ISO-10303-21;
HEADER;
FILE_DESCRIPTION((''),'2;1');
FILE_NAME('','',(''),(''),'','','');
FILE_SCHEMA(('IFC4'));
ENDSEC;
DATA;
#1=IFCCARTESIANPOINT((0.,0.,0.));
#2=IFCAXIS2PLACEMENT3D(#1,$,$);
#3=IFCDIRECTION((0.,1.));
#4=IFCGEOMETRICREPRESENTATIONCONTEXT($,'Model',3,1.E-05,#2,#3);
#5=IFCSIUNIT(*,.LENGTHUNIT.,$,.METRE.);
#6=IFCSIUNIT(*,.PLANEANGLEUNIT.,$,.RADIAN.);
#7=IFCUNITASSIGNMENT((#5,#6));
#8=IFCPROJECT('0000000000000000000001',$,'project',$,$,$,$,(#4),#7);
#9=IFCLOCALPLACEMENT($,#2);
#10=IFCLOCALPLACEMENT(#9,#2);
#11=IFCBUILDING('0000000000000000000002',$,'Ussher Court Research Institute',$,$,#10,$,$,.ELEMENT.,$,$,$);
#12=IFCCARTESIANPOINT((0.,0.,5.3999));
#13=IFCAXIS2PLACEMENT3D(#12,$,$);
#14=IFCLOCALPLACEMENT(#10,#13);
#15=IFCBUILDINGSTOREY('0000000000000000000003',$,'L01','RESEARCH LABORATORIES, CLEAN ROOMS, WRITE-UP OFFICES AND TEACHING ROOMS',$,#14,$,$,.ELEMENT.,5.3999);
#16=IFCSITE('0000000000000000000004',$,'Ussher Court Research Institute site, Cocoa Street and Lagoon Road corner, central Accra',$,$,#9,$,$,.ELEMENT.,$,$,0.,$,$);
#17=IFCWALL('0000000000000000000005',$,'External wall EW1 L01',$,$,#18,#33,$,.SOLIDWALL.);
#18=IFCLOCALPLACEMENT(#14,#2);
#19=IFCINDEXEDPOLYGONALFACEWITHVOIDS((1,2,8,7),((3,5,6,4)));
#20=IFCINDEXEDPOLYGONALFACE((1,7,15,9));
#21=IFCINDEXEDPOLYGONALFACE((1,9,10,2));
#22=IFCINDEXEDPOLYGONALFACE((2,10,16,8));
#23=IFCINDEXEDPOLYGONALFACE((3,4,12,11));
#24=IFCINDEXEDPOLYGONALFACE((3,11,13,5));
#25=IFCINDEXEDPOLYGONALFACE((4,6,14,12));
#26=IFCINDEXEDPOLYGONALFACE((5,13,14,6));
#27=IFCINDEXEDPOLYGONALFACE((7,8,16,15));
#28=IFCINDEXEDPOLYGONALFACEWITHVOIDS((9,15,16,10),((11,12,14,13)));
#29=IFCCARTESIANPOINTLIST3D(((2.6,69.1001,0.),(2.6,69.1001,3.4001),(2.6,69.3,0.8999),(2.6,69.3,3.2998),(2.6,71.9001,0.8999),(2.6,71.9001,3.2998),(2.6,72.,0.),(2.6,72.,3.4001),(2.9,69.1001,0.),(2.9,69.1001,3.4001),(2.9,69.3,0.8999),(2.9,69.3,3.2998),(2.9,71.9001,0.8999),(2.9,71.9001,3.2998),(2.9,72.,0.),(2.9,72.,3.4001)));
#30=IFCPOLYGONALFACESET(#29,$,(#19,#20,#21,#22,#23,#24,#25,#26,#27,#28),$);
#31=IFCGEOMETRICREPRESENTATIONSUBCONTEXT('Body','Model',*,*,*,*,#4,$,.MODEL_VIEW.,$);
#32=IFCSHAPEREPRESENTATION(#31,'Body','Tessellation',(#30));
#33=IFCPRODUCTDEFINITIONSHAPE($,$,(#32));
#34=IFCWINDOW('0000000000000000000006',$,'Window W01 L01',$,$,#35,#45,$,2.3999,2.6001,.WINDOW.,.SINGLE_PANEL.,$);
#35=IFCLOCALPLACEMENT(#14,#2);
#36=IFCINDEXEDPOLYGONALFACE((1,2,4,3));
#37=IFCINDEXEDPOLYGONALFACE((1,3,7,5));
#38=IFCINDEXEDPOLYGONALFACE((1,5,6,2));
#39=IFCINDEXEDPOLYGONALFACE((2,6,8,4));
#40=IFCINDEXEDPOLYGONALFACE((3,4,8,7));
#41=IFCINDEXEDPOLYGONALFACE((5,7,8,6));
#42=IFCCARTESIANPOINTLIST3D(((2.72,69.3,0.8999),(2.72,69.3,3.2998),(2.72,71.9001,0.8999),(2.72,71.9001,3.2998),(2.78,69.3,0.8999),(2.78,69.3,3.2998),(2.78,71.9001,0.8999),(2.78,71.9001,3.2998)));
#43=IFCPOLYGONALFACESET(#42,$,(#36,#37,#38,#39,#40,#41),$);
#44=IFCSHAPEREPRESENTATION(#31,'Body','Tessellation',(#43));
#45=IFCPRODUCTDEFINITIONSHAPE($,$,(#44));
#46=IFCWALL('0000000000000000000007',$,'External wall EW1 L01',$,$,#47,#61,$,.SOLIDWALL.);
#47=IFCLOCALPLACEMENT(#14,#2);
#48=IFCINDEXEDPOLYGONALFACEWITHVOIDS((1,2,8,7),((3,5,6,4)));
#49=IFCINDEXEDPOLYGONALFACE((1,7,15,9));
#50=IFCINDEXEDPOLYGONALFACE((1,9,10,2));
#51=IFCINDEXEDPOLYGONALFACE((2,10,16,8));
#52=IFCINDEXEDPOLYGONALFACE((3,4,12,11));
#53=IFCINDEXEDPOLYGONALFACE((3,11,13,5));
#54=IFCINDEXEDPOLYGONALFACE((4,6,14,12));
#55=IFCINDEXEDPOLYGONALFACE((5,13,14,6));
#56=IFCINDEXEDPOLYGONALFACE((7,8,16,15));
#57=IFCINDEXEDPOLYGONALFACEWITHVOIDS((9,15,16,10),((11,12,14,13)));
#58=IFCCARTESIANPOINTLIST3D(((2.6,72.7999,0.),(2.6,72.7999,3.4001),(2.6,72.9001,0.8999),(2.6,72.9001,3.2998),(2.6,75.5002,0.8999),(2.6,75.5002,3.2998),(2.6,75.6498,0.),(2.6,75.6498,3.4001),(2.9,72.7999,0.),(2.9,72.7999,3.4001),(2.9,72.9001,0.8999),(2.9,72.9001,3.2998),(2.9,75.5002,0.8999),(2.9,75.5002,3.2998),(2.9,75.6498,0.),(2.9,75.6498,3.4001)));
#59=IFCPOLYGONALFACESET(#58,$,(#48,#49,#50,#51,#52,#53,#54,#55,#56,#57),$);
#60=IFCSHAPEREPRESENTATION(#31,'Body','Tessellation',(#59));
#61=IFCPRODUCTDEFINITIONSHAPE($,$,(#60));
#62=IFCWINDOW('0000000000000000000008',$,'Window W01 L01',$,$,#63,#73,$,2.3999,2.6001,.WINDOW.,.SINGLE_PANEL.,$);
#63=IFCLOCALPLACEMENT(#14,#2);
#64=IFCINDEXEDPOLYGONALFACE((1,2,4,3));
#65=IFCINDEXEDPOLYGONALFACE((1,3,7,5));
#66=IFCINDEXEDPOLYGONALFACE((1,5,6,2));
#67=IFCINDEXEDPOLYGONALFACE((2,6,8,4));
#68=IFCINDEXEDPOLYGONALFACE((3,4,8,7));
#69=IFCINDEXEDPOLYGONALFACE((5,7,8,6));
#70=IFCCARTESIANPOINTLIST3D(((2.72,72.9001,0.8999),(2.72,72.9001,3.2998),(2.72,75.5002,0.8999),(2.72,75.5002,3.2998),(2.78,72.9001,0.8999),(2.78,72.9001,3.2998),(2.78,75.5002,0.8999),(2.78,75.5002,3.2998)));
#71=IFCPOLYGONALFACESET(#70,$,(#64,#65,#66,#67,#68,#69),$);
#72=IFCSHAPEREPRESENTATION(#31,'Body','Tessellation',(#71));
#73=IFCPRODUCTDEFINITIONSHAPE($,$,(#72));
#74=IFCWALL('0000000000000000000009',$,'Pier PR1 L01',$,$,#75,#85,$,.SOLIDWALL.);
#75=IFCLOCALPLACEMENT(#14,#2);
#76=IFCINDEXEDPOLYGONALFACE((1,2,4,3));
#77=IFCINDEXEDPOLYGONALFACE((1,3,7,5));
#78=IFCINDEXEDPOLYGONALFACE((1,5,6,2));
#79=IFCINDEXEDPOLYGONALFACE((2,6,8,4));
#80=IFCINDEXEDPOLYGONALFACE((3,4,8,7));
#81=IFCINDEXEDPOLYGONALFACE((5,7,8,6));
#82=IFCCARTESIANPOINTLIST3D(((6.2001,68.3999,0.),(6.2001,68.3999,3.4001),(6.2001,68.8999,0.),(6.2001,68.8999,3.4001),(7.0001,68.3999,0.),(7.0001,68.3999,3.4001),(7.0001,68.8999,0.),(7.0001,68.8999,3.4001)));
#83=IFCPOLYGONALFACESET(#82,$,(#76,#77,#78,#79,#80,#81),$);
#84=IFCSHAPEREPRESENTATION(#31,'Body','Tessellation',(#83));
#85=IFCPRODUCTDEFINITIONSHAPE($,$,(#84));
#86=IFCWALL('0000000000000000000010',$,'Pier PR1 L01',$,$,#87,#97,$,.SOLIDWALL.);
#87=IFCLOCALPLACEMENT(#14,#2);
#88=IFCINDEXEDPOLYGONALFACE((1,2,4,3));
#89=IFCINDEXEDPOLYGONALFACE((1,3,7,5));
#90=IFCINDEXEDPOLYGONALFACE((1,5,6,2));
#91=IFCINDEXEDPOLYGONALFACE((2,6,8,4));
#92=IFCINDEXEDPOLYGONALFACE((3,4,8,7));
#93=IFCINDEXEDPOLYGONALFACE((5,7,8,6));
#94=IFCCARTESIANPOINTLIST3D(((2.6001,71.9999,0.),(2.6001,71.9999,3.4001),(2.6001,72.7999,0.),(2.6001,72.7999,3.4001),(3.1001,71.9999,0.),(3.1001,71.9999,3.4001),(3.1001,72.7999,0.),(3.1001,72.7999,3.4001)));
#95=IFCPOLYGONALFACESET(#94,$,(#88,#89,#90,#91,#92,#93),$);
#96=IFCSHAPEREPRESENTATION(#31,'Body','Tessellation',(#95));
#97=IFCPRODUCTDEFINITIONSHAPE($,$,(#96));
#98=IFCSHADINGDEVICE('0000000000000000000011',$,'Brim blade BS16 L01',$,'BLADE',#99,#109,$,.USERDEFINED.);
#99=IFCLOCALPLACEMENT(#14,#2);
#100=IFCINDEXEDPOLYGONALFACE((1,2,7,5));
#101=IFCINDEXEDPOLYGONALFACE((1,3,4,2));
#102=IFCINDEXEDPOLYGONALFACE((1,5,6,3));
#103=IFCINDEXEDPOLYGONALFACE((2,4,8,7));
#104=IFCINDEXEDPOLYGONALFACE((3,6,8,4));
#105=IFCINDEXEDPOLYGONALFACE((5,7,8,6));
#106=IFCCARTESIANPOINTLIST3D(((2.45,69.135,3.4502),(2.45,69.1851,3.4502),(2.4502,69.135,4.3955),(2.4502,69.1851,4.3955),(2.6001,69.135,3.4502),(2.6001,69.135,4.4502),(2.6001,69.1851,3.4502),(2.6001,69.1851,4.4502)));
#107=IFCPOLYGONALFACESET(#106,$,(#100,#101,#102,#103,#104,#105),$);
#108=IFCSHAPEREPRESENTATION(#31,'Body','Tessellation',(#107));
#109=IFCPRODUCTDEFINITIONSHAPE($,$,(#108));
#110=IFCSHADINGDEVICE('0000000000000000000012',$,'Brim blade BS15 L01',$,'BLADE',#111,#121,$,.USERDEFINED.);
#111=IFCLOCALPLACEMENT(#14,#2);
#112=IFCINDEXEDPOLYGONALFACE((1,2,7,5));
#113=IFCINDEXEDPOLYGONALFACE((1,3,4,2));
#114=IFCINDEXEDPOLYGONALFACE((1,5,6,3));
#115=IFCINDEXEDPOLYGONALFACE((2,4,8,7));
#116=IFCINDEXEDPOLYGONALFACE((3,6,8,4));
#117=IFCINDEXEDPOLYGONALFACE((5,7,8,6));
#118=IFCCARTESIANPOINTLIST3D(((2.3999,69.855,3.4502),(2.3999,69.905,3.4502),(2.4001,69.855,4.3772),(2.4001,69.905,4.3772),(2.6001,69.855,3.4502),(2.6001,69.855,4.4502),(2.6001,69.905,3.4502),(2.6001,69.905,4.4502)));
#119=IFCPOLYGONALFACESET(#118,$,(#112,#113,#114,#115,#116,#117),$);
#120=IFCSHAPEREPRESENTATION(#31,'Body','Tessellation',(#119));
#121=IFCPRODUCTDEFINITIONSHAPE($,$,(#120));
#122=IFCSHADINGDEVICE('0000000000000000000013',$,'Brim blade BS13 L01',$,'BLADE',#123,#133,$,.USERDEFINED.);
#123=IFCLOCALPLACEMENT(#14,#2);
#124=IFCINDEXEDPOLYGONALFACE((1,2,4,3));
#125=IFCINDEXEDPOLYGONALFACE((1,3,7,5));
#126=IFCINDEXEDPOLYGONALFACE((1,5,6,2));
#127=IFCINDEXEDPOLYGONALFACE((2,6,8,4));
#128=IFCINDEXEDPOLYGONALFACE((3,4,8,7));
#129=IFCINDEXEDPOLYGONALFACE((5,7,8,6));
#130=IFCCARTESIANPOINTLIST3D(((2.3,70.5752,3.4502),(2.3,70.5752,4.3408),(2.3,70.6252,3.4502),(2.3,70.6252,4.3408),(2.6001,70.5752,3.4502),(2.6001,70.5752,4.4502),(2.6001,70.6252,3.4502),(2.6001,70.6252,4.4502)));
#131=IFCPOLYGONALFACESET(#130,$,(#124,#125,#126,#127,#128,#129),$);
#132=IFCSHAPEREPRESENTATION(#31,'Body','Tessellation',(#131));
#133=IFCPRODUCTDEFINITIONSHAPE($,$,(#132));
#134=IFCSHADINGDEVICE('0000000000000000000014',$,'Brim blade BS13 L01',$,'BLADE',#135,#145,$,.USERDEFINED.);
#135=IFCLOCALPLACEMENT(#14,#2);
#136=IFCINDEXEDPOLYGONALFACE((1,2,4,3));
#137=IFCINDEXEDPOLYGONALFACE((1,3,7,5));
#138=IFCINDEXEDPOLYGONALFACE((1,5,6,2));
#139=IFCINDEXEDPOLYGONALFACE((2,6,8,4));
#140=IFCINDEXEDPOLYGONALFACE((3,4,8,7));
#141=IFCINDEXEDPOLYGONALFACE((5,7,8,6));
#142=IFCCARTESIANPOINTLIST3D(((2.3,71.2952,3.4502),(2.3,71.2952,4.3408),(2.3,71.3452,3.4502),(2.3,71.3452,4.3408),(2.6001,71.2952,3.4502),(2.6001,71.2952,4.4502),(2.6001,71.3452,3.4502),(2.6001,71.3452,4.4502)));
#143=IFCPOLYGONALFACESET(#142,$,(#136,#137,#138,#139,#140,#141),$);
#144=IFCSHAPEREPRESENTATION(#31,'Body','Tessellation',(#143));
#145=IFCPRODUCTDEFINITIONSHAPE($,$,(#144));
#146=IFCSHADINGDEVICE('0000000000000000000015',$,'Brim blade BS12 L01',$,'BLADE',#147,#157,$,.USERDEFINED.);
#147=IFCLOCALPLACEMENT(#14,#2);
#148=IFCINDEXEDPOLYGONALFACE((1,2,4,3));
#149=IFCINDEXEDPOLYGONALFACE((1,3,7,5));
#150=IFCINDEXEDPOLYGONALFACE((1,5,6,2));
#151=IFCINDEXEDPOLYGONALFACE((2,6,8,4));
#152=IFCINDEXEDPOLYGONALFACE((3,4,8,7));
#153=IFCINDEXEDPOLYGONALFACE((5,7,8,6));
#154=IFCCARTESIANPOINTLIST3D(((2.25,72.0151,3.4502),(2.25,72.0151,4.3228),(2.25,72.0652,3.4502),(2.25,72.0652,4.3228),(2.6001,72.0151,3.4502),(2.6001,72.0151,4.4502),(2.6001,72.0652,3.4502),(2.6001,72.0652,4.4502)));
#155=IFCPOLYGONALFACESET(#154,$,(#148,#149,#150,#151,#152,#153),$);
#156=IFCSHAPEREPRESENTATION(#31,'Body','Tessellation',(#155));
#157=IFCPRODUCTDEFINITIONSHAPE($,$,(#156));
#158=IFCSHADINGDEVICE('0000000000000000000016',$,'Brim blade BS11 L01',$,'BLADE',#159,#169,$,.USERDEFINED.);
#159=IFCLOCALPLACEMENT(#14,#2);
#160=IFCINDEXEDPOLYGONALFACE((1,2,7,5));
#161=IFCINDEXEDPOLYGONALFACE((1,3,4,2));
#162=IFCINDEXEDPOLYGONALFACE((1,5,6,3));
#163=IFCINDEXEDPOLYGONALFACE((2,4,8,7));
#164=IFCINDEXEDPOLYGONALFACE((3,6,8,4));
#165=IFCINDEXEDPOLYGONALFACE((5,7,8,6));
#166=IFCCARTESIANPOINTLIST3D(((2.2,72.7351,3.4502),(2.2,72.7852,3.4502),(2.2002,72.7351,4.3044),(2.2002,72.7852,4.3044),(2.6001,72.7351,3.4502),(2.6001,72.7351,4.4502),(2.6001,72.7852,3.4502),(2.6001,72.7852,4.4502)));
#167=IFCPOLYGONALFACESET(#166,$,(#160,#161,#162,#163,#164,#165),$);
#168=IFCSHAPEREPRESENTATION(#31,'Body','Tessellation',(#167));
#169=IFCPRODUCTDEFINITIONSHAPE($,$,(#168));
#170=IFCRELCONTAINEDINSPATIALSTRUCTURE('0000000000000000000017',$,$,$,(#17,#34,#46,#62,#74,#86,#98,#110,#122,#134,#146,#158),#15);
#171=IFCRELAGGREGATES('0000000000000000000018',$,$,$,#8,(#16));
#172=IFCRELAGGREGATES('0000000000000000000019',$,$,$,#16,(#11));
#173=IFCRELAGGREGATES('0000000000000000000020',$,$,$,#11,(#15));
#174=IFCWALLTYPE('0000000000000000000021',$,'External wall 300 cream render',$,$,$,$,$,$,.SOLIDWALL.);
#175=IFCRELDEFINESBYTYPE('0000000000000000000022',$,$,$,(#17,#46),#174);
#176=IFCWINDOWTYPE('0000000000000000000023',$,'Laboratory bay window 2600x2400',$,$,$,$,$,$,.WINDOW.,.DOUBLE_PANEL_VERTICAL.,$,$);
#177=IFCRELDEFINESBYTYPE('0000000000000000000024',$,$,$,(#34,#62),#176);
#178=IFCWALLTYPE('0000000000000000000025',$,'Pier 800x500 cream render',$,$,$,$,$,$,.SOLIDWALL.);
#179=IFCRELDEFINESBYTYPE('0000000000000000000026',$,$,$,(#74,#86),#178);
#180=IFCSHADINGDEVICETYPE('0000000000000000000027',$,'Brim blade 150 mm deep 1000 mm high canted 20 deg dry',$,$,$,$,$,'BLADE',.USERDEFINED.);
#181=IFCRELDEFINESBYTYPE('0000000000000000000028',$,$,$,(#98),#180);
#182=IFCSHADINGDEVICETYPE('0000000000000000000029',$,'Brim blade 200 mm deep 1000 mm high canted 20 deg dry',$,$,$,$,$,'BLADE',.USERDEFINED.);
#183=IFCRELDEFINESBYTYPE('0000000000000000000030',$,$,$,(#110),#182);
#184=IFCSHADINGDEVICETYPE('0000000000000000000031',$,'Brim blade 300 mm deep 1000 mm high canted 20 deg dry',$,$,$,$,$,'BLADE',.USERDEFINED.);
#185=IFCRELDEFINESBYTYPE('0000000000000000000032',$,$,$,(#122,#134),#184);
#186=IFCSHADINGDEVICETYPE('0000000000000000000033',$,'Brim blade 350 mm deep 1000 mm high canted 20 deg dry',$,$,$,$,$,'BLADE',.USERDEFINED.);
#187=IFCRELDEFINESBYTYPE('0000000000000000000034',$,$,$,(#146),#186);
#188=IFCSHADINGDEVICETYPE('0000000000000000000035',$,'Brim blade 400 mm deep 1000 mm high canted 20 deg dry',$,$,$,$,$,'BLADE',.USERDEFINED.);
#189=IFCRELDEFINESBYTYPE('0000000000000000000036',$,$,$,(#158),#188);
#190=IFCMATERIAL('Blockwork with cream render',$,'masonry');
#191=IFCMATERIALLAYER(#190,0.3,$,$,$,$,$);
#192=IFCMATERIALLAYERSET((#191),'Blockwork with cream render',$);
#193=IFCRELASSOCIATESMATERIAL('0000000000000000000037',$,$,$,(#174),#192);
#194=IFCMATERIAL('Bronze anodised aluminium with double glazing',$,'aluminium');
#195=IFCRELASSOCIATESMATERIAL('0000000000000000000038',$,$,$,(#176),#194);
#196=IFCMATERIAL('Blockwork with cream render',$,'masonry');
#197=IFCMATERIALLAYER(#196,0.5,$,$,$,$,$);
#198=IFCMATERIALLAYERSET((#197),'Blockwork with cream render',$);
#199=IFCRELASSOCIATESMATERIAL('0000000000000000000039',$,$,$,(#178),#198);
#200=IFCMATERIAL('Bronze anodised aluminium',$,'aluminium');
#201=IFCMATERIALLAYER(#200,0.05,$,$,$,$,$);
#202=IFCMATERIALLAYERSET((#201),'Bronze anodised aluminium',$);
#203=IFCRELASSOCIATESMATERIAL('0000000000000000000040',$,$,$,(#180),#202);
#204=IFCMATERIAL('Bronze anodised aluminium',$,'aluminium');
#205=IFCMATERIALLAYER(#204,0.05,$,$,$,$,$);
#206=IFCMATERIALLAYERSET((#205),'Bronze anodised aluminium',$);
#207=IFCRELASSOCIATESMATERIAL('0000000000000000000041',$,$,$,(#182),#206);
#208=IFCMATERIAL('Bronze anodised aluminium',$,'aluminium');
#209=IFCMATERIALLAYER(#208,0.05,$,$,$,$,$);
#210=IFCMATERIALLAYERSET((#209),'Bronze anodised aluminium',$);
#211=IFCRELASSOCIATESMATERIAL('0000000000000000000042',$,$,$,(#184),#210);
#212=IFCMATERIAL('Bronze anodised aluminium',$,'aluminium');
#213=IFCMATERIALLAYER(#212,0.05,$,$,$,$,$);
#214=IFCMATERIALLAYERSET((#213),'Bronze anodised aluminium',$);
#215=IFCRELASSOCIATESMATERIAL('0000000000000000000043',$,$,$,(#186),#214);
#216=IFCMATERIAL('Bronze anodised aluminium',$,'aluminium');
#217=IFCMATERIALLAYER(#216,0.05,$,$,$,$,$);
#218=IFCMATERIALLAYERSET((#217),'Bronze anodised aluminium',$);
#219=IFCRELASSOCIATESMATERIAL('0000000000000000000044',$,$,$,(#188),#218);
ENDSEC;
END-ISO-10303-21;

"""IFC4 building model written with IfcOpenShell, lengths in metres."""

from ifc_helpers import new_model, si_unit, direction, frame, frame_2d, origin, place, context, subcontext, project, spatial, polyline, rectangle, outline, extrude, material, layer, layer_set, type_object, element, fill, save


model = new_model("IFC4")

# Units and contexts
model_context = context("Model", 3, precision=1e-05, world=origin(), true_north=direction((0.0, 1.0)))
body_context = subcontext(model_context, "Body", "Model", "MODEL_VIEW")
ifc_project = project(units=[si_unit("LENGTHUNIT", "METRE"), si_unit("PLANEANGLEUNIT", "RADIAN")], contexts=[model_context])

# Site, building, storey
site_placement = place(None, origin())
site = spatial("IfcSite", under=ifc_project, at=site_placement, Name="Ussher Court Research Institute site, Cocoa Street and Lagoon Road corner, central Accra", CompositionType="ELEMENT", RefElevation=0.0)
building_placement = place(site_placement, origin())
building = spatial("IfcBuilding", under=site, at=building_placement, Name="Ussher Court Research Institute", CompositionType="ELEMENT")
storey_placement = place(building_placement, frame((0.0, 0.0, 5.3999)))
storey = spatial("IfcBuildingStorey", under=building, at=storey_placement, Name="L01", Description="RESEARCH LABORATORIES, CLEAN ROOMS, WRITE-UP OFFICES AND TEACHING ROOMS", CompositionType="ELEMENT", Elevation=5.3999)

# Walls, openings, windows
ifc_material_1 = material(Name="Blockwork with cream render", Category="masonry")
ifc_layer_1 = layer(ifc_material_1, 0.3)
ifc_layer_set_1 = layer_set([ifc_layer_1], Name="Blockwork with cream render")
wall_type_1 = type_object("IfcWallType", Name="External wall 300 cream render", PredefinedType="SOLIDWALL", material=ifc_layer_set_1)
wall_1_placement = place(storey_placement, frame((2.75, 69.1001, 0.0), z_axis=(0.0, 0.0, 1.0), x_axis=(0.0, 1.0, 0.0)))
wall_1 = element("IfcWall", 1, at=wall_1_placement, inside=storey, type_object=wall_type_1, Name="External wall EW1 L01", PredefinedType="SOLIDWALL", context=body_context, shape_type="SweptSolid", body=[
    extrude(rectangle(XDim=2.8999, YDim=0.3, at=frame_2d((1.45, 0.0))), origin(), (0.0, 0.0, 1.0), 3.4001),
])
opening_1_placement = place(wall_1_placement, frame((0.2, 0.0, 0.8999)))
opening_1 = element("IfcOpeningElement", 2, at=opening_1_placement, cuts=wall_1, PredefinedType="OPENING", context=body_context, shape_type="SweptSolid", body=[
    extrude(rectangle(XDim=2.6001, YDim=2.3999, at=frame_2d((1.3, 1.2))), frame((0.0, 0.1602, 0.0), z_axis=(0.0, -1.0, 0.0), x_axis=(1.0, 0.0, 0.0)), (0.0, 0.0, 1.0), 0.3201),
])
ifc_material_2 = material(Name="Bronze anodised aluminium with double glazing", Category="aluminium")
window_type_1 = type_object("IfcWindowType", Name="Laboratory bay window 2600x2400", PartitioningType="DOUBLE_PANEL_VERTICAL", PredefinedType="WINDOW", material=ifc_material_2)
window_1_placement = place(opening_1_placement, origin())
window_1 = element("IfcWindow", 3, at=window_1_placement, inside=storey, type_object=window_type_1, Name="Window W01 L01", OverallHeight=2.3999, OverallWidth=2.6001, PartitioningType="SINGLE_PANEL", PredefinedType="WINDOW", context=body_context, shape_type="SweptSolid", body=[
    extrude(rectangle(XDim=2.6001, YDim=2.3999, at=frame_2d((1.3, 1.2))), frame((0.0, 0.03, 0.0), z_axis=(0.0, -1.0, 0.0), x_axis=(1.0, 0.0, 0.0)), (0.0, 0.0, 1.0), 0.0601),
])
fill(opening_1, window_1)
wall_2_placement = place(storey_placement, frame((2.75, 72.8, 0.0), z_axis=(0.0, 0.0, 1.0), x_axis=(0.0, 1.0, 0.0)))
wall_2 = element("IfcWall", 4, at=wall_2_placement, inside=storey, type_object=wall_type_1, Name="External wall EW1 L01", PredefinedType="SOLIDWALL", context=body_context, shape_type="SweptSolid", body=[
    extrude(rectangle(XDim=2.8499, YDim=0.3, at=frame_2d((1.4248, 0.0))), origin(), (0.0, 0.0, 1.0), 3.4001),
])
opening_2_placement = place(wall_2_placement, frame((0.1001, 0.0, 0.8999)))
opening_2 = element("IfcOpeningElement", 5, at=opening_2_placement, cuts=wall_2, PredefinedType="OPENING", context=body_context, shape_type="SweptSolid", body=[
    extrude(rectangle(XDim=2.6001, YDim=2.3999, at=frame_2d((1.3, 1.2))), frame((0.0, 0.1602, 0.0), z_axis=(0.0, -1.0, 0.0), x_axis=(1.0, 0.0, 0.0)), (0.0, 0.0, 1.0), 0.3201),
])
window_2_placement = place(opening_2_placement, origin())
window_2 = element("IfcWindow", 6, at=window_2_placement, inside=storey, type_object=window_type_1, Name="Window W01 L01", OverallHeight=2.3999, OverallWidth=2.6001, PartitioningType="SINGLE_PANEL", PredefinedType="WINDOW", context=body_context, shape_type="SweptSolid", body=[
    extrude(rectangle(XDim=2.6001, YDim=2.3999, at=frame_2d((1.3, 1.2))), frame((0.0, 0.03, 0.0), z_axis=(0.0, -1.0, 0.0), x_axis=(1.0, 0.0, 0.0)), (0.0, 0.0, 1.0), 0.0601),
])
fill(opening_2, window_2)

# Walls
ifc_material_3 = material(Name="Blockwork with cream render", Category="masonry")
ifc_layer_2 = layer(ifc_material_3, 0.5)
ifc_layer_set_2 = layer_set([ifc_layer_2], Name="Blockwork with cream render")
wall_type_2 = type_object("IfcWallType", Name="Pier 800x500 cream render", PredefinedType="SOLIDWALL", material=ifc_layer_set_2)
for number, where, z_axis, x_axis, name in (
    (7, (7.0, 68.6499, 0.0), (0.0, 0.0, 1.0), (-1.0, 0.0, 0.0), "Pier PR1 L01"),
    (8, (2.8501, 72.0, 0.0), (0.0, 0.0, 1.0), (0.0, 1.0, 0.0), "Pier PR1 L01"),
):
    element("IfcWall", number, at=place(storey_placement, frame(where, z_axis=z_axis, x_axis=x_axis)), inside=storey, type_object=wall_type_2, Name=name, PredefinedType="SOLIDWALL", context=body_context, shape_type="SweptSolid", body=[
        extrude(rectangle(XDim=0.8, YDim=0.5, at=frame_2d((0.3999, 0.0))), origin(), (0.0, 0.0, 1.0), 3.4001),
    ])

# Shading devices
ifc_material_4 = material(Name="Bronze anodised aluminium", Category="aluminium")
ifc_layer_3 = layer(ifc_material_4, 0.05)
ifc_layer_set_3 = layer_set([ifc_layer_3], Name="Bronze anodised aluminium")
shading_device_type_1 = type_object("IfcShadingDeviceType", Name="Brim blade 150 mm deep 1000 mm high canted 20 deg dry", ElementType="BLADE", PredefinedType="USERDEFINED", material=ifc_layer_set_3)
shading_device_1_placement = place(storey_placement, frame((2.6001, 69.1599, 3.4502), z_axis=(0.0, 0.0, 1.0), x_axis=(-1.0, 0.0, 0.0)))
element("IfcShadingDevice", 9, at=shading_device_1_placement, inside=storey, type_object=shading_device_type_1, Name="Brim blade BS16 L01", ObjectType="BLADE", PredefinedType="USERDEFINED", context=body_context, shape_type="SweptSolid", body=[
    extrude(outline(polyline([(0.0, 0.0), (0.1501, 0.0), (0.1499, 0.9453), (0.0, 1.0), (0.0, 0.0)])), frame((0.0, 0.0249, 0.0), z_axis=(0.0, -1.0, 0.0), x_axis=(1.0, 0.0, 0.0)), (0.0, 0.0, 1.0), 0.05),
])
ifc_material_5 = material(Name="Bronze anodised aluminium", Category="aluminium")
ifc_layer_4 = layer(ifc_material_5, 0.05)
ifc_layer_set_4 = layer_set([ifc_layer_4], Name="Bronze anodised aluminium")
shading_device_type_2 = type_object("IfcShadingDeviceType", Name="Brim blade 200 mm deep 1000 mm high canted 20 deg dry", ElementType="BLADE", PredefinedType="USERDEFINED", material=ifc_layer_set_4)
shading_device_2_placement = place(storey_placement, frame((2.6001, 69.8799, 3.4502), z_axis=(0.0, 0.0, 1.0), x_axis=(-1.0, 0.0, 0.0)))
element("IfcShadingDevice", 10, at=shading_device_2_placement, inside=storey, type_object=shading_device_type_2, Name="Brim blade BS15 L01", ObjectType="BLADE", PredefinedType="USERDEFINED", context=body_context, shape_type="SweptSolid", body=[
    extrude(outline(polyline([(0.0, 0.0), (0.2002, 0.0), (0.2, 0.927), (0.0, 1.0), (0.0, 0.0)])), frame((0.0, 0.0249, 0.0), z_axis=(0.0, -1.0, 0.0), x_axis=(1.0, 0.0, 0.0)), (0.0, 0.0, 1.0), 0.05),
])
ifc_material_6 = material(Name="Bronze anodised aluminium", Category="aluminium")
ifc_layer_5 = layer(ifc_material_6, 0.05)
ifc_layer_set_5 = layer_set([ifc_layer_5], Name="Bronze anodised aluminium")
shading_device_type_3 = type_object("IfcShadingDeviceType", Name="Brim blade 300 mm deep 1000 mm high canted 20 deg dry", ElementType="BLADE", PredefinedType="USERDEFINED", material=ifc_layer_set_5)
for number, where, z_axis, x_axis, name in (
    (11, (2.6001, 70.6001, 3.4502), (0.0, 0.0, 1.0), (-1.0, 0.0, 0.0), "Brim blade BS13 L01"),
    (12, (2.6001, 71.3201, 3.4502), (0.0, 0.0, 1.0), (-1.0, 0.0, 0.0), "Brim blade BS13 L01"),
):
    element("IfcShadingDevice", number, at=place(storey_placement, frame(where, z_axis=z_axis, x_axis=x_axis)), inside=storey, type_object=shading_device_type_3, Name=name, ObjectType="BLADE", PredefinedType="USERDEFINED", context=body_context, shape_type="SweptSolid", body=[
        extrude(outline(polyline([(0.0, 0.0), (0.3, 0.0), (0.3, 0.8906), (0.0, 1.0), (0.0, 0.0)])), frame((0.0, 0.0249, 0.0), z_axis=(0.0, -1.0, 0.0), x_axis=(1.0, 0.0, 0.0)), (0.0, 0.0, 1.0), 0.05),
    ])
ifc_material_7 = material(Name="Bronze anodised aluminium", Category="aluminium")
ifc_layer_6 = layer(ifc_material_7, 0.05)
ifc_layer_set_6 = layer_set([ifc_layer_6], Name="Bronze anodised aluminium")
shading_device_type_4 = type_object("IfcShadingDeviceType", Name="Brim blade 350 mm deep 1000 mm high canted 20 deg dry", ElementType="BLADE", PredefinedType="USERDEFINED", material=ifc_layer_set_6)
shading_device_3_placement = place(storey_placement, frame((2.6001, 72.04, 3.4502), z_axis=(0.0, 0.0, 1.0), x_axis=(-1.0, 0.0, 0.0)))
element("IfcShadingDevice", 13, at=shading_device_3_placement, inside=storey, type_object=shading_device_type_4, Name="Brim blade BS12 L01", ObjectType="BLADE", PredefinedType="USERDEFINED", context=body_context, shape_type="SweptSolid", body=[
    extrude(outline(polyline([(0.0, 0.0), (0.3501, 0.0), (0.3501, 0.8726), (0.0, 1.0), (0.0, 0.0)])), frame((0.0, 0.0249, 0.0), z_axis=(0.0, -1.0, 0.0), x_axis=(1.0, 0.0, 0.0)), (0.0, 0.0, 1.0), 0.05),
])
ifc_material_8 = material(Name="Bronze anodised aluminium", Category="aluminium")
ifc_layer_7 = layer(ifc_material_8, 0.05)
ifc_layer_set_7 = layer_set([ifc_layer_7], Name="Bronze anodised aluminium")
shading_device_type_5 = type_object("IfcShadingDeviceType", Name="Brim blade 400 mm deep 1000 mm high canted 20 deg dry", ElementType="BLADE", PredefinedType="USERDEFINED", material=ifc_layer_set_7)
for number, where, z_axis, x_axis, name in (
    (14, (2.6001, 72.76, 3.4502), (0.0, 0.0, 1.0), (-1.0, 0.0, 0.0), "Brim blade BS11 L01"),
):
    element("IfcShadingDevice", number, at=place(storey_placement, frame(where, z_axis=z_axis, x_axis=x_axis)), inside=storey, type_object=shading_device_type_5, Name=name, ObjectType="BLADE", PredefinedType="USERDEFINED", context=body_context, shape_type="SweptSolid", body=[
        extrude(outline(polyline([(0.0, 0.0), (0.4001, 0.0), (0.3999, 0.8542), (0.0, 1.0), (0.0, 0.0)])), frame((0.0, 0.0249, 0.0), z_axis=(0.0, -1.0, 0.0), x_axis=(1.0, 0.0, 0.0)), (0.0, 0.0, 1.0), 0.05),
    ])

save(model, "model.ifc")
